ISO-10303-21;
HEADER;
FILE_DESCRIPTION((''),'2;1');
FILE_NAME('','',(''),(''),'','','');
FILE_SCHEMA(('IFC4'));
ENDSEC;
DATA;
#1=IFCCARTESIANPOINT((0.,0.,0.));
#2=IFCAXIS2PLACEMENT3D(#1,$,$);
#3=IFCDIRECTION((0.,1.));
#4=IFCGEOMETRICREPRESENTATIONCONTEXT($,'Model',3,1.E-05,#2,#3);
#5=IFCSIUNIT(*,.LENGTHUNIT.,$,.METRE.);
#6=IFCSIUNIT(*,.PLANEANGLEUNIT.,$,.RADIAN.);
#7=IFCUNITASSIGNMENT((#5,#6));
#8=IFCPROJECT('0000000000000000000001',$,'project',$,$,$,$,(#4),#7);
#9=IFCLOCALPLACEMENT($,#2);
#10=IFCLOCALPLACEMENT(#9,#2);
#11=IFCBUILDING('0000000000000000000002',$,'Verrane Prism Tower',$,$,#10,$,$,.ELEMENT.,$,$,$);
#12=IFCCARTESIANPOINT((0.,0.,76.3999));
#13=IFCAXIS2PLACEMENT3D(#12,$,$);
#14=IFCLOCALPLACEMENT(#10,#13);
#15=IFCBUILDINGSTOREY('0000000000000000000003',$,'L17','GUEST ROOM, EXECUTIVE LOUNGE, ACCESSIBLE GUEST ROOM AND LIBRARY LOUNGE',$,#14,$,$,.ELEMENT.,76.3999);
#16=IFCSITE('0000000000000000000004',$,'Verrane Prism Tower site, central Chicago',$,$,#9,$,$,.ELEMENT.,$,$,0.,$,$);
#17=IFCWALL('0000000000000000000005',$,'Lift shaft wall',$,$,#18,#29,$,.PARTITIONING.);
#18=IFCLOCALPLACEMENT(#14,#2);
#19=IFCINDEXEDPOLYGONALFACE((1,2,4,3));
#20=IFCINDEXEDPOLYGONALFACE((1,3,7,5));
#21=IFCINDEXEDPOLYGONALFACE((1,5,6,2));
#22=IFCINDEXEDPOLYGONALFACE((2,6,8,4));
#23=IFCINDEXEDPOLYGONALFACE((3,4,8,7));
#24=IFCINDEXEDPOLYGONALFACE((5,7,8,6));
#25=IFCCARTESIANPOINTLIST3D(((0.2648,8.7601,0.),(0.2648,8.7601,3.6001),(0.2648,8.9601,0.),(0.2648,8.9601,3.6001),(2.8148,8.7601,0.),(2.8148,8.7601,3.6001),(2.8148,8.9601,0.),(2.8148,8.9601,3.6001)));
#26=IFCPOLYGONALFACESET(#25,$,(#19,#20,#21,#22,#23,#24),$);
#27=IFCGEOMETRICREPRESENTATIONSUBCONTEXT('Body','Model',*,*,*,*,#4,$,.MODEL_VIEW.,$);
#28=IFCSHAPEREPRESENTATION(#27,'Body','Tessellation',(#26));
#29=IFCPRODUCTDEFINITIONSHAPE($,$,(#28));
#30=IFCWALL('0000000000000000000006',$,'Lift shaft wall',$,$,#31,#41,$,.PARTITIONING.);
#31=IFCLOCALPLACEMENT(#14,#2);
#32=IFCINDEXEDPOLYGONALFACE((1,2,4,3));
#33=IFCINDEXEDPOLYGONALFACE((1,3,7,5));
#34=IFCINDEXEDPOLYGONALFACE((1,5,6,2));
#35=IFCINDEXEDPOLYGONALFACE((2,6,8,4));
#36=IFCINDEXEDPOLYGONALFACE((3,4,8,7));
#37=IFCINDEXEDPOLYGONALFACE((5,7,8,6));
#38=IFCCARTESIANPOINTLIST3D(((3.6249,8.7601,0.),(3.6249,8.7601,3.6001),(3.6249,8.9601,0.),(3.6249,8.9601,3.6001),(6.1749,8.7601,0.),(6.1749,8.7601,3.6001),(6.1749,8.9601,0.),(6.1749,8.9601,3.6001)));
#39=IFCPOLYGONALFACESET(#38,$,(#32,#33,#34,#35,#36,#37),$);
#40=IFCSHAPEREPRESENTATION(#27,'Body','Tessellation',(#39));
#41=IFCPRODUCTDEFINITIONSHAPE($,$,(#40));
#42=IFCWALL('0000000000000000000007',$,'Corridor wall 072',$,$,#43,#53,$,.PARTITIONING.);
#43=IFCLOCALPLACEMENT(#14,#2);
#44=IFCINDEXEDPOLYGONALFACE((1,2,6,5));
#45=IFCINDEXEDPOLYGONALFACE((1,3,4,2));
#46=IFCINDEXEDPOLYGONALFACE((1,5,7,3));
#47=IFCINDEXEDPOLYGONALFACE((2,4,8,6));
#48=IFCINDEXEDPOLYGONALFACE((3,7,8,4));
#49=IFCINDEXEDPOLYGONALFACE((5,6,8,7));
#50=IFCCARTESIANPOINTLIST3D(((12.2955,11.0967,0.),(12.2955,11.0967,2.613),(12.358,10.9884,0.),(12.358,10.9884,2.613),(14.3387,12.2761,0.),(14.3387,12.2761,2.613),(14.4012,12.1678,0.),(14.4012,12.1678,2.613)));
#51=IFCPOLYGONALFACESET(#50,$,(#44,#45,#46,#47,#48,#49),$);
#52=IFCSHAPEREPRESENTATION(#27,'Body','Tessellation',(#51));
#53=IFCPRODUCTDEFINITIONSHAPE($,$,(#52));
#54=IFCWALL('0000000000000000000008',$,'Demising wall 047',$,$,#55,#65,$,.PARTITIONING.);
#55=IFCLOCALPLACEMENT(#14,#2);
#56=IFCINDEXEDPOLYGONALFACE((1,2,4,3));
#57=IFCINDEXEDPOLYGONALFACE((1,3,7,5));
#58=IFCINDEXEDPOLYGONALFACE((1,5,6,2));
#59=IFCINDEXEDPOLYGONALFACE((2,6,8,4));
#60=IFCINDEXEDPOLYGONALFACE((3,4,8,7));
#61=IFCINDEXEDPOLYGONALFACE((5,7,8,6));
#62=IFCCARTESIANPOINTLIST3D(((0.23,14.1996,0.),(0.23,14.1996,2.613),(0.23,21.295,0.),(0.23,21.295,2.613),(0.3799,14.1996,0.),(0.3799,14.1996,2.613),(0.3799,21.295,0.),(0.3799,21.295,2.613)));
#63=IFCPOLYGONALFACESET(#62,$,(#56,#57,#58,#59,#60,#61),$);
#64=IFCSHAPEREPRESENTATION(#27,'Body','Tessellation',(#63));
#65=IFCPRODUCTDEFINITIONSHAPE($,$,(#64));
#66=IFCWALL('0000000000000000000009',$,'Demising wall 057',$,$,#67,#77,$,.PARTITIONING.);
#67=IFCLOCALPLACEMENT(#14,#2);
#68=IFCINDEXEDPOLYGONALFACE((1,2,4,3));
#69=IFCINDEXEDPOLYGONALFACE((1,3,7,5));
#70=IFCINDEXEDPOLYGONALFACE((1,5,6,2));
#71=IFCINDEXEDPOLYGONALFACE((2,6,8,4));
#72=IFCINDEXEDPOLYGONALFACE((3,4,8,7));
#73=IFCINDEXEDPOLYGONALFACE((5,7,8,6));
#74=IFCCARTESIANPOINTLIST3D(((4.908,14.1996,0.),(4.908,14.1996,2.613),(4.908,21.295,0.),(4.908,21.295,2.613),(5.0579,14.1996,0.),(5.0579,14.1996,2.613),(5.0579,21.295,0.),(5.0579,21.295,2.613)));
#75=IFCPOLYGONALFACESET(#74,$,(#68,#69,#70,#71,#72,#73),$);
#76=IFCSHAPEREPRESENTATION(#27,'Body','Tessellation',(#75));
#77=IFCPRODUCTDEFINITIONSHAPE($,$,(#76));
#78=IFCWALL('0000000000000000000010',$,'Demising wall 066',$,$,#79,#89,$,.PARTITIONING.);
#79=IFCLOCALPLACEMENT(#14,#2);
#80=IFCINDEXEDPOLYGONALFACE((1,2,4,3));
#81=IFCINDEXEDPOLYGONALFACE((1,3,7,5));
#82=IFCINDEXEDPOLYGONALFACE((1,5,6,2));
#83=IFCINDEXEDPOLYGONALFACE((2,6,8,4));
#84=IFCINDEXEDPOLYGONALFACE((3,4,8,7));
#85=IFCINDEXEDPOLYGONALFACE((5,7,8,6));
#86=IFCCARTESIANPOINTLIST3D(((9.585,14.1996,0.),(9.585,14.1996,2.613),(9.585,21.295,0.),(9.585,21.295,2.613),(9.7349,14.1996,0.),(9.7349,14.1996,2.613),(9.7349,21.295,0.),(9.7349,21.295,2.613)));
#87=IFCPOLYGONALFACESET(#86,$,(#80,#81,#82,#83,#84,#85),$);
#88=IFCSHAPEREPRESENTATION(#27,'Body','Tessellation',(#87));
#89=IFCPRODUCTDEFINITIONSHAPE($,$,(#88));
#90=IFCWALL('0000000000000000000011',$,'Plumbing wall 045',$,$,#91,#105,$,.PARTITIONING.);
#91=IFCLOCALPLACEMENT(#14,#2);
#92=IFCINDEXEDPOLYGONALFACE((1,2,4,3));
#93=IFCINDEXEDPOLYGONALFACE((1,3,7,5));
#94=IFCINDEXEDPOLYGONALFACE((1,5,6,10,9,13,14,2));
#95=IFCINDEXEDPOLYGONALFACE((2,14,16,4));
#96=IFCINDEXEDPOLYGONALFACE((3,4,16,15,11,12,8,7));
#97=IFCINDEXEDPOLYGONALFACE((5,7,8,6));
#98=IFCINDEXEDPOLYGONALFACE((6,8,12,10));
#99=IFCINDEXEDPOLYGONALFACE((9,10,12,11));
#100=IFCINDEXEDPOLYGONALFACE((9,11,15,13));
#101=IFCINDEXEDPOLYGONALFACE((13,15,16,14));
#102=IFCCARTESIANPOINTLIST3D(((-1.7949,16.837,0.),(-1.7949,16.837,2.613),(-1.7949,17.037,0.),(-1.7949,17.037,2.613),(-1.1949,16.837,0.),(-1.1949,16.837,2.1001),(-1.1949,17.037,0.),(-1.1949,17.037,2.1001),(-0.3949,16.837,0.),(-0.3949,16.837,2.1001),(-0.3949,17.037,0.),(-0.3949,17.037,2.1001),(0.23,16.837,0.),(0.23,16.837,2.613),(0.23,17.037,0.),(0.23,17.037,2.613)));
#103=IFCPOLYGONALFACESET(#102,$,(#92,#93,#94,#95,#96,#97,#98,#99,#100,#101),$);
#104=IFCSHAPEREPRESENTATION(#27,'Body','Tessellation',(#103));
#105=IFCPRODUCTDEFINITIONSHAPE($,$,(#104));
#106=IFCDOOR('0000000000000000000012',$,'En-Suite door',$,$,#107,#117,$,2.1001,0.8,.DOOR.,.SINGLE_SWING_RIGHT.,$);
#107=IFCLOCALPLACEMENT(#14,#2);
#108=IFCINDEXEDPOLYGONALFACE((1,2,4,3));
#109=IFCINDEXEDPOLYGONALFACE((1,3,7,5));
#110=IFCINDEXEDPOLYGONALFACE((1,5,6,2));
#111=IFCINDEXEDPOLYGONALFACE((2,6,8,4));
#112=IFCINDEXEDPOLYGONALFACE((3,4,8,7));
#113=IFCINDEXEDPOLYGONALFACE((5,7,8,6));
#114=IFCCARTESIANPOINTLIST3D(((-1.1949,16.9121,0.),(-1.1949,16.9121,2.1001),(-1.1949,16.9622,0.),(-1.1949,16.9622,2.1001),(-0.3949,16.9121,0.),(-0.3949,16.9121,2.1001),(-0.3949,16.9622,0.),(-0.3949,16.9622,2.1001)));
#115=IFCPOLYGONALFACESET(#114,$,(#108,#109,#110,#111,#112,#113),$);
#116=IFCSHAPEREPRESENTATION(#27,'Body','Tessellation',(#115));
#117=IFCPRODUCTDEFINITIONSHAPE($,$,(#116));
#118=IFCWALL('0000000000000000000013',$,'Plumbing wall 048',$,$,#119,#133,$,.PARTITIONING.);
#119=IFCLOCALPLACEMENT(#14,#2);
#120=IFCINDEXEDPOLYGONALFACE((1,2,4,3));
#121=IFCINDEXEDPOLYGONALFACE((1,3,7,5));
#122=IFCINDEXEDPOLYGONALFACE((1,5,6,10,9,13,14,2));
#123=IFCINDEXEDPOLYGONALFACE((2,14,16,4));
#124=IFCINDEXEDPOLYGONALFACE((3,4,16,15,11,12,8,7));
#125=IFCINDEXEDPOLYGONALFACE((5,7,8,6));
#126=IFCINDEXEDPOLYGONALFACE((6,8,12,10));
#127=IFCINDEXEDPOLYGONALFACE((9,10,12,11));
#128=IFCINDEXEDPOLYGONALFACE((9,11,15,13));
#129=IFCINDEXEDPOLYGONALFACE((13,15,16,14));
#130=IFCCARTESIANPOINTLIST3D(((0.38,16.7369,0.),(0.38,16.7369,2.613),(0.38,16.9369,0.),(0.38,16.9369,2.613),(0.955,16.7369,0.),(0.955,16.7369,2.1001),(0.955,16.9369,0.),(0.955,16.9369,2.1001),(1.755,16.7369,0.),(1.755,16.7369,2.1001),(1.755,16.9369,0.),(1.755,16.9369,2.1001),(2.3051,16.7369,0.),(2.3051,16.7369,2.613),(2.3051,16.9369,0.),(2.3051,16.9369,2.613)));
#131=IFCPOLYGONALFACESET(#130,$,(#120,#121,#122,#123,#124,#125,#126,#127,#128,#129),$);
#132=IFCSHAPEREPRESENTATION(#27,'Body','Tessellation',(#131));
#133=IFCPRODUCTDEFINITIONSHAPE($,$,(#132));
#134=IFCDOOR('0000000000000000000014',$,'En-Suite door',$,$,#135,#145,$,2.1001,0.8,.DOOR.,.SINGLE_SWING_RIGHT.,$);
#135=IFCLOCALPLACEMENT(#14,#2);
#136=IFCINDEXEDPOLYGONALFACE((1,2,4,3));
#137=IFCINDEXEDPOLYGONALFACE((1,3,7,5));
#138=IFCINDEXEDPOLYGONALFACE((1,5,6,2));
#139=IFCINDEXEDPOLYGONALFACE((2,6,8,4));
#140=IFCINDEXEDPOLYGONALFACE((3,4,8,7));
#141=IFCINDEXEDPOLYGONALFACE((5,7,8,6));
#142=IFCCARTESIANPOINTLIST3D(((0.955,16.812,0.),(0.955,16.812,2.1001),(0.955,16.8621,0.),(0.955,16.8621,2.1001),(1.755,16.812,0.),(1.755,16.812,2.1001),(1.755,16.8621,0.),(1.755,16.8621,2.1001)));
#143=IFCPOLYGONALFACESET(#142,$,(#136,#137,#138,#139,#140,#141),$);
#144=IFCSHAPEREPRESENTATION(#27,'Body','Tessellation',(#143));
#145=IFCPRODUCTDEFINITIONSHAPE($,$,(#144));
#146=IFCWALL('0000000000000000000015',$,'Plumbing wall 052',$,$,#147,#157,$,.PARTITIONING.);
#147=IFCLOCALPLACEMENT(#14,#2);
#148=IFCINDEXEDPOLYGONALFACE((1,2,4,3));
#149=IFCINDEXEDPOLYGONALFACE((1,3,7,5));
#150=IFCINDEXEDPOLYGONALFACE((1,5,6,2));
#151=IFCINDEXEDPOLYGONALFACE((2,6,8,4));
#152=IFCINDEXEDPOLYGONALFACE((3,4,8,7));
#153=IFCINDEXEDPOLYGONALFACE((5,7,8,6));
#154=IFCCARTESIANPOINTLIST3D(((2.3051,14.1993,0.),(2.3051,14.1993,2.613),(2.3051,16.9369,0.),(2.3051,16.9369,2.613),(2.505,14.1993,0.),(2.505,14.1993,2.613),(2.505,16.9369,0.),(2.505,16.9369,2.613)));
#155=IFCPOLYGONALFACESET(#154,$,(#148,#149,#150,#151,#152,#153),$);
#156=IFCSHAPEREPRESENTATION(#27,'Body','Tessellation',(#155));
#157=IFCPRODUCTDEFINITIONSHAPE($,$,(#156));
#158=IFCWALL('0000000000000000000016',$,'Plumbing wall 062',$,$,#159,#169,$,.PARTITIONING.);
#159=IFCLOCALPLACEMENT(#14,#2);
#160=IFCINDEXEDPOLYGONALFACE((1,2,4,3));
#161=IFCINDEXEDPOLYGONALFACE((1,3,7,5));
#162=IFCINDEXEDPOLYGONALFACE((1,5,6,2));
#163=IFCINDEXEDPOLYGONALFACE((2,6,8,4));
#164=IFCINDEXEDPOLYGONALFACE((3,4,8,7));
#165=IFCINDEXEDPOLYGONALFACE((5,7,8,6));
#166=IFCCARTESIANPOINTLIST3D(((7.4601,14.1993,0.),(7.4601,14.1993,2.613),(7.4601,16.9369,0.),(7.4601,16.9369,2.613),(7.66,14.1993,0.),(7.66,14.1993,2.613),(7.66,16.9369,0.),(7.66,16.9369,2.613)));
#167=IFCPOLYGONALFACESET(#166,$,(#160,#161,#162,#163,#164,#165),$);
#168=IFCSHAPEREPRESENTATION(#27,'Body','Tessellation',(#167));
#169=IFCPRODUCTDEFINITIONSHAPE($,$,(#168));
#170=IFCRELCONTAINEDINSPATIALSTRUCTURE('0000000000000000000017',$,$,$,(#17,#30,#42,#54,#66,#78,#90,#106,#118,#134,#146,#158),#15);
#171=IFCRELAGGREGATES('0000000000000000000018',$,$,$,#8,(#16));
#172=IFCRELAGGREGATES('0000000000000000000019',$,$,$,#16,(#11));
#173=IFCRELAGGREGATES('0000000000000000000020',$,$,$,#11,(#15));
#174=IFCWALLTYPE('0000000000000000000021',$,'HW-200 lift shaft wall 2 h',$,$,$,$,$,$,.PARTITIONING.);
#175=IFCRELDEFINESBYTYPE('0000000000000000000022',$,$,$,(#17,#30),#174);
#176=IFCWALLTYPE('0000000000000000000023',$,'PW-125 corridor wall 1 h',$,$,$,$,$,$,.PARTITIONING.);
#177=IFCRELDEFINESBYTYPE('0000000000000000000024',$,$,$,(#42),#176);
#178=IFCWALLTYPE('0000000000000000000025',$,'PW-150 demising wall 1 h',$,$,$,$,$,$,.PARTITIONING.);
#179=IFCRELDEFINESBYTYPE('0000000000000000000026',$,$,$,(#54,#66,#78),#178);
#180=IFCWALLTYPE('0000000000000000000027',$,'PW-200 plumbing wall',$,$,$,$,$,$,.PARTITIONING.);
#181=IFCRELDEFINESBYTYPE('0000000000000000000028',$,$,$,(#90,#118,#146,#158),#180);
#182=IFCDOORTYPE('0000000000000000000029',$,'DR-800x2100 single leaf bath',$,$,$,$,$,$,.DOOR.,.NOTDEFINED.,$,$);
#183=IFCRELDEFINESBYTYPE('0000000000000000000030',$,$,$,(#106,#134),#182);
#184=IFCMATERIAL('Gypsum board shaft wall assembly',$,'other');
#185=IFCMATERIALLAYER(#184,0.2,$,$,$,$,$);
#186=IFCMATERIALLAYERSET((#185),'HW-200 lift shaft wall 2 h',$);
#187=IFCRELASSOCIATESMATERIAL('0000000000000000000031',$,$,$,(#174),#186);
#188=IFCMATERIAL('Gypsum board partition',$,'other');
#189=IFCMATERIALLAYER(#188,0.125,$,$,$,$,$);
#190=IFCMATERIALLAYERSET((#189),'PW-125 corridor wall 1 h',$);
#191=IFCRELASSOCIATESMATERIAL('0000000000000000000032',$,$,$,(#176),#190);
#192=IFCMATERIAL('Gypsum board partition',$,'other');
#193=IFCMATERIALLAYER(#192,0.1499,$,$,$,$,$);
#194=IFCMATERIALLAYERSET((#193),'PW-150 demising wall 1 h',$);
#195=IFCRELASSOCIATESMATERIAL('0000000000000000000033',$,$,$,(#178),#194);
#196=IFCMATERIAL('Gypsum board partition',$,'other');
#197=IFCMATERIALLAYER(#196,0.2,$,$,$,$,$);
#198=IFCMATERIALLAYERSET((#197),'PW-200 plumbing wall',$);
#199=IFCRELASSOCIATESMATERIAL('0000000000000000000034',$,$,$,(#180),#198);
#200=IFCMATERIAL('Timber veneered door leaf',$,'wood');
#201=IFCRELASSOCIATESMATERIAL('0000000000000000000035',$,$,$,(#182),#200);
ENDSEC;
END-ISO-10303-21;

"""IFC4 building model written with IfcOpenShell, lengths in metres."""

from ifc_helpers import new_model, si_unit, direction, frame, frame_2d, origin, place, context, subcontext, project, spatial, rectangle, extrude, material, layer, layer_set, type_object, element, fill, save


model = new_model("IFC4")

# Units and contexts
model_context = context("Model", 3, precision=1e-05, world=origin(), true_north=direction((0.0, 1.0)))
body_context = subcontext(model_context, "Body", "Model", "MODEL_VIEW")
ifc_project = project(units=[si_unit("LENGTHUNIT", "METRE"), si_unit("PLANEANGLEUNIT", "RADIAN")], contexts=[model_context])

# Site, building, storey
site_placement = place(None, origin())
site = spatial("IfcSite", under=ifc_project, at=site_placement, Name="Verrane Prism Tower site, central Chicago", CompositionType="ELEMENT", RefElevation=0.0)
building_placement = place(site_placement, origin())
building = spatial("IfcBuilding", under=site, at=building_placement, Name="Verrane Prism Tower", CompositionType="ELEMENT")
storey_placement = place(building_placement, frame((0.0, 0.0, 76.3999)))
storey = spatial("IfcBuildingStorey", under=building, at=storey_placement, Name="L17", Description="GUEST ROOM, EXECUTIVE LOUNGE, ACCESSIBLE GUEST ROOM AND LIBRARY LOUNGE", CompositionType="ELEMENT", Elevation=76.3999)

# Walls
ifc_material_1 = material(Name="Gypsum board shaft wall assembly", Category="other")
ifc_layer_1 = layer(ifc_material_1, 0.2)
ifc_layer_set_1 = layer_set([ifc_layer_1], Name="HW-200 lift shaft wall 2 h")
wall_type_1 = type_object("IfcWallType", Name="HW-200 lift shaft wall 2 h", PredefinedType="PARTITIONING", material=ifc_layer_set_1)
for number, where, z_axis, x_axis, name in (
    (1, (0.2649, 8.8601, 0.0), (0.0, 0.0, 1.0), (1.0, 0.0, 0.0), "Lift shaft wall"),
    (2, (3.625, 8.8601, 0.0), (0.0, 0.0, 1.0), (1.0, 0.0, 0.0), "Lift shaft wall"),
):
    element("IfcWall", number, at=place(storey_placement, frame(where, z_axis=z_axis, x_axis=x_axis)), inside=storey, type_object=wall_type_1, Name=name, PredefinedType="PARTITIONING", context=body_context, shape_type="SweptSolid", body=[
        extrude(rectangle(XDim=2.55, YDim=0.2, at=frame_2d((1.2749, 0.0))), origin(), (0.0, 0.0, 1.0), 3.6001),
    ])
ifc_material_2 = material(Name="Gypsum board partition", Category="other")
ifc_layer_2 = layer(ifc_material_2, 0.125)
ifc_layer_set_2 = layer_set([ifc_layer_2], Name="PW-125 corridor wall 1 h")
wall_type_2 = type_object("IfcWallType", Name="PW-125 corridor wall 1 h", PredefinedType="PARTITIONING", material=ifc_layer_set_2)
wall_1_placement = place(storey_placement, frame((12.3267, 11.0425, 0.0), z_axis=(0.0, 0.0, 1.0), x_axis=(0.866063, 0.499934, 0.0)))
element("IfcWall", 3, at=wall_1_placement, inside=storey, type_object=wall_type_2, Name="Corridor wall 072", PredefinedType="PARTITIONING", context=body_context, shape_type="SweptSolid", body=[
    extrude(rectangle(XDim=2.3591, YDim=0.125, at=frame_2d((1.1797, 0.0))), origin(), (0.0, 0.0, 1.0), 2.613),
])
ifc_material_3 = material(Name="Gypsum board partition", Category="other")
ifc_layer_3 = layer(ifc_material_3, 0.1499)
ifc_layer_set_3 = layer_set([ifc_layer_3], Name="PW-150 demising wall 1 h")
wall_type_3 = type_object("IfcWallType", Name="PW-150 demising wall 1 h", PredefinedType="PARTITIONING", material=ifc_layer_set_3)
for number, where, z_axis, x_axis, name in (
    (4, (0.3049, 14.1995, 0.0), (0.0, 0.0, 1.0), (0.0, 1.0, 0.0), "Demising wall 047"),
    (5, (4.9829, 14.1995, 0.0), (0.0, 0.0, 1.0), (0.0, 1.0, 0.0), "Demising wall 057"),
    (6, (9.6599, 14.1995, 0.0), (0.0, 0.0, 1.0), (0.0, 1.0, 0.0), "Demising wall 066"),
):
    element("IfcWall", number, at=place(storey_placement, frame(where, z_axis=z_axis, x_axis=x_axis)), inside=storey, type_object=wall_type_3, Name=name, PredefinedType="PARTITIONING", context=body_context, shape_type="SweptSolid", body=[
        extrude(rectangle(XDim=7.0955, YDim=0.1499, at=frame_2d((3.5479, 0.0))), origin(), (0.0, 0.0, 1.0), 2.613),
    ])

# Walls, openings, doors
ifc_material_4 = material(Name="Gypsum board partition", Category="other")
ifc_layer_4 = layer(ifc_material_4, 0.2)
ifc_layer_set_4 = layer_set([ifc_layer_4], Name="PW-200 plumbing wall")
wall_type_4 = type_object("IfcWallType", Name="PW-200 plumbing wall", PredefinedType="PARTITIONING", material=ifc_layer_set_4)
wall_2_placement = place(storey_placement, frame((0.23, 16.937, 0.0), z_axis=(0.0, 0.0, 1.0), x_axis=(-1.0, 0.0, 0.0)))
wall_2 = element("IfcWall", 7, at=wall_2_placement, inside=storey, type_object=wall_type_4, Name="Plumbing wall 045", PredefinedType="PARTITIONING", context=body_context, shape_type="SweptSolid", body=[
    extrude(rectangle(XDim=2.0249, YDim=0.2, at=frame_2d((1.0125, 0.0))), origin(), (0.0, 0.0, 1.0), 2.613),
])
opening_1_placement = place(wall_2_placement, frame((0.625, 0.0, 0.0)))
opening_1 = element("IfcOpeningElement", 8, at=opening_1_placement, cuts=wall_2, PredefinedType="OPENING", context=body_context, shape_type="SweptSolid", body=[
    extrude(rectangle(XDim=0.8, YDim=2.1001, at=frame_2d((0.3999, 1.05))), frame((0.0, 0.1099, 0.0), z_axis=(0.0, -1.0, 0.0), x_axis=(1.0, 0.0, 0.0)), (0.0, 0.0, 1.0), 0.22),
])
ifc_material_5 = material(Name="Timber veneered door leaf", Category="wood")
door_type_1 = type_object("IfcDoorType", Name="DR-800x2100 single leaf bath", OperationType="NOTDEFINED", PredefinedType="DOOR", material=ifc_material_5)
door_1_placement = place(opening_1_placement, origin())
door_1 = element("IfcDoor", 9, at=door_1_placement, inside=storey, type_object=door_type_1, Name="En-Suite door", OperationType="SINGLE_SWING_RIGHT", OverallHeight=2.1001, OverallWidth=0.8, PredefinedType="DOOR", context=body_context, shape_type="SweptSolid", body=[
    extrude(rectangle(XDim=0.8, YDim=2.1001, at=frame_2d((0.3999, 1.05))), frame((0.0, 0.0249, 0.0), z_axis=(0.0, -1.0, 0.0), x_axis=(1.0, 0.0, 0.0)), (0.0, 0.0, 1.0), 0.05),
])
fill(opening_1, door_1)
wall_3_placement = place(storey_placement, frame((2.3049, 16.8369, 0.0), z_axis=(0.0, 0.0, 1.0), x_axis=(-1.0, 0.0, 0.0)))
wall_3 = element("IfcWall", 10, at=wall_3_placement, inside=storey, type_object=wall_type_4, Name="Plumbing wall 048", PredefinedType="PARTITIONING", context=body_context, shape_type="SweptSolid", body=[
    extrude(rectangle(XDim=1.925, YDim=0.2, at=frame_2d((0.9624, 0.0))), origin(), (0.0, 0.0, 1.0), 2.613),
])
opening_2_placement = place(wall_3_placement, frame((0.55, 0.0, 0.0)))
opening_2 = element("IfcOpeningElement", 11, at=opening_2_placement, cuts=wall_3, PredefinedType="OPENING", context=body_context, shape_type="SweptSolid", body=[
    extrude(rectangle(XDim=0.8, YDim=2.1001, at=frame_2d((0.3999, 1.05))), frame((0.0, 0.1099, 0.0), z_axis=(0.0, -1.0, 0.0), x_axis=(1.0, 0.0, 0.0)), (0.0, 0.0, 1.0), 0.22),
])
door_2_placement = place(opening_2_placement, origin())
door_2 = element("IfcDoor", 12, at=door_2_placement, inside=storey, type_object=door_type_1, Name="En-Suite door", OperationType="SINGLE_SWING_RIGHT", OverallHeight=2.1001, OverallWidth=0.8, PredefinedType="DOOR", context=body_context, shape_type="SweptSolid", body=[
    extrude(rectangle(XDim=0.8, YDim=2.1001, at=frame_2d((0.3999, 1.05))), frame((0.0, 0.0249, 0.0), z_axis=(0.0, -1.0, 0.0), x_axis=(1.0, 0.0, 0.0)), (0.0, 0.0, 1.0), 0.05),
])
fill(opening_2, door_2)

# Walls
for number, where, z_axis, x_axis, name in (
    (13, (2.405, 14.1995, 0.0), (0.0, 0.0, 1.0), (0.0, 1.0, 0.0), "Plumbing wall 052"),
    (14, (7.5601, 14.1995, 0.0), (0.0, 0.0, 1.0), (0.0, 1.0, 0.0), "Plumbing wall 062"),
):
    element("IfcWall", number, at=place(storey_placement, frame(where, z_axis=z_axis, x_axis=x_axis)), inside=storey, type_object=wall_type_4, Name=name, PredefinedType="PARTITIONING", context=body_context, shape_type="SweptSolid", body=[
        extrude(rectangle(XDim=2.7375, YDim=0.2, at=frame_2d((1.3687, 0.0))), origin(), (0.0, 0.0, 1.0), 2.613),
    ])

save(model, "model.ifc")
